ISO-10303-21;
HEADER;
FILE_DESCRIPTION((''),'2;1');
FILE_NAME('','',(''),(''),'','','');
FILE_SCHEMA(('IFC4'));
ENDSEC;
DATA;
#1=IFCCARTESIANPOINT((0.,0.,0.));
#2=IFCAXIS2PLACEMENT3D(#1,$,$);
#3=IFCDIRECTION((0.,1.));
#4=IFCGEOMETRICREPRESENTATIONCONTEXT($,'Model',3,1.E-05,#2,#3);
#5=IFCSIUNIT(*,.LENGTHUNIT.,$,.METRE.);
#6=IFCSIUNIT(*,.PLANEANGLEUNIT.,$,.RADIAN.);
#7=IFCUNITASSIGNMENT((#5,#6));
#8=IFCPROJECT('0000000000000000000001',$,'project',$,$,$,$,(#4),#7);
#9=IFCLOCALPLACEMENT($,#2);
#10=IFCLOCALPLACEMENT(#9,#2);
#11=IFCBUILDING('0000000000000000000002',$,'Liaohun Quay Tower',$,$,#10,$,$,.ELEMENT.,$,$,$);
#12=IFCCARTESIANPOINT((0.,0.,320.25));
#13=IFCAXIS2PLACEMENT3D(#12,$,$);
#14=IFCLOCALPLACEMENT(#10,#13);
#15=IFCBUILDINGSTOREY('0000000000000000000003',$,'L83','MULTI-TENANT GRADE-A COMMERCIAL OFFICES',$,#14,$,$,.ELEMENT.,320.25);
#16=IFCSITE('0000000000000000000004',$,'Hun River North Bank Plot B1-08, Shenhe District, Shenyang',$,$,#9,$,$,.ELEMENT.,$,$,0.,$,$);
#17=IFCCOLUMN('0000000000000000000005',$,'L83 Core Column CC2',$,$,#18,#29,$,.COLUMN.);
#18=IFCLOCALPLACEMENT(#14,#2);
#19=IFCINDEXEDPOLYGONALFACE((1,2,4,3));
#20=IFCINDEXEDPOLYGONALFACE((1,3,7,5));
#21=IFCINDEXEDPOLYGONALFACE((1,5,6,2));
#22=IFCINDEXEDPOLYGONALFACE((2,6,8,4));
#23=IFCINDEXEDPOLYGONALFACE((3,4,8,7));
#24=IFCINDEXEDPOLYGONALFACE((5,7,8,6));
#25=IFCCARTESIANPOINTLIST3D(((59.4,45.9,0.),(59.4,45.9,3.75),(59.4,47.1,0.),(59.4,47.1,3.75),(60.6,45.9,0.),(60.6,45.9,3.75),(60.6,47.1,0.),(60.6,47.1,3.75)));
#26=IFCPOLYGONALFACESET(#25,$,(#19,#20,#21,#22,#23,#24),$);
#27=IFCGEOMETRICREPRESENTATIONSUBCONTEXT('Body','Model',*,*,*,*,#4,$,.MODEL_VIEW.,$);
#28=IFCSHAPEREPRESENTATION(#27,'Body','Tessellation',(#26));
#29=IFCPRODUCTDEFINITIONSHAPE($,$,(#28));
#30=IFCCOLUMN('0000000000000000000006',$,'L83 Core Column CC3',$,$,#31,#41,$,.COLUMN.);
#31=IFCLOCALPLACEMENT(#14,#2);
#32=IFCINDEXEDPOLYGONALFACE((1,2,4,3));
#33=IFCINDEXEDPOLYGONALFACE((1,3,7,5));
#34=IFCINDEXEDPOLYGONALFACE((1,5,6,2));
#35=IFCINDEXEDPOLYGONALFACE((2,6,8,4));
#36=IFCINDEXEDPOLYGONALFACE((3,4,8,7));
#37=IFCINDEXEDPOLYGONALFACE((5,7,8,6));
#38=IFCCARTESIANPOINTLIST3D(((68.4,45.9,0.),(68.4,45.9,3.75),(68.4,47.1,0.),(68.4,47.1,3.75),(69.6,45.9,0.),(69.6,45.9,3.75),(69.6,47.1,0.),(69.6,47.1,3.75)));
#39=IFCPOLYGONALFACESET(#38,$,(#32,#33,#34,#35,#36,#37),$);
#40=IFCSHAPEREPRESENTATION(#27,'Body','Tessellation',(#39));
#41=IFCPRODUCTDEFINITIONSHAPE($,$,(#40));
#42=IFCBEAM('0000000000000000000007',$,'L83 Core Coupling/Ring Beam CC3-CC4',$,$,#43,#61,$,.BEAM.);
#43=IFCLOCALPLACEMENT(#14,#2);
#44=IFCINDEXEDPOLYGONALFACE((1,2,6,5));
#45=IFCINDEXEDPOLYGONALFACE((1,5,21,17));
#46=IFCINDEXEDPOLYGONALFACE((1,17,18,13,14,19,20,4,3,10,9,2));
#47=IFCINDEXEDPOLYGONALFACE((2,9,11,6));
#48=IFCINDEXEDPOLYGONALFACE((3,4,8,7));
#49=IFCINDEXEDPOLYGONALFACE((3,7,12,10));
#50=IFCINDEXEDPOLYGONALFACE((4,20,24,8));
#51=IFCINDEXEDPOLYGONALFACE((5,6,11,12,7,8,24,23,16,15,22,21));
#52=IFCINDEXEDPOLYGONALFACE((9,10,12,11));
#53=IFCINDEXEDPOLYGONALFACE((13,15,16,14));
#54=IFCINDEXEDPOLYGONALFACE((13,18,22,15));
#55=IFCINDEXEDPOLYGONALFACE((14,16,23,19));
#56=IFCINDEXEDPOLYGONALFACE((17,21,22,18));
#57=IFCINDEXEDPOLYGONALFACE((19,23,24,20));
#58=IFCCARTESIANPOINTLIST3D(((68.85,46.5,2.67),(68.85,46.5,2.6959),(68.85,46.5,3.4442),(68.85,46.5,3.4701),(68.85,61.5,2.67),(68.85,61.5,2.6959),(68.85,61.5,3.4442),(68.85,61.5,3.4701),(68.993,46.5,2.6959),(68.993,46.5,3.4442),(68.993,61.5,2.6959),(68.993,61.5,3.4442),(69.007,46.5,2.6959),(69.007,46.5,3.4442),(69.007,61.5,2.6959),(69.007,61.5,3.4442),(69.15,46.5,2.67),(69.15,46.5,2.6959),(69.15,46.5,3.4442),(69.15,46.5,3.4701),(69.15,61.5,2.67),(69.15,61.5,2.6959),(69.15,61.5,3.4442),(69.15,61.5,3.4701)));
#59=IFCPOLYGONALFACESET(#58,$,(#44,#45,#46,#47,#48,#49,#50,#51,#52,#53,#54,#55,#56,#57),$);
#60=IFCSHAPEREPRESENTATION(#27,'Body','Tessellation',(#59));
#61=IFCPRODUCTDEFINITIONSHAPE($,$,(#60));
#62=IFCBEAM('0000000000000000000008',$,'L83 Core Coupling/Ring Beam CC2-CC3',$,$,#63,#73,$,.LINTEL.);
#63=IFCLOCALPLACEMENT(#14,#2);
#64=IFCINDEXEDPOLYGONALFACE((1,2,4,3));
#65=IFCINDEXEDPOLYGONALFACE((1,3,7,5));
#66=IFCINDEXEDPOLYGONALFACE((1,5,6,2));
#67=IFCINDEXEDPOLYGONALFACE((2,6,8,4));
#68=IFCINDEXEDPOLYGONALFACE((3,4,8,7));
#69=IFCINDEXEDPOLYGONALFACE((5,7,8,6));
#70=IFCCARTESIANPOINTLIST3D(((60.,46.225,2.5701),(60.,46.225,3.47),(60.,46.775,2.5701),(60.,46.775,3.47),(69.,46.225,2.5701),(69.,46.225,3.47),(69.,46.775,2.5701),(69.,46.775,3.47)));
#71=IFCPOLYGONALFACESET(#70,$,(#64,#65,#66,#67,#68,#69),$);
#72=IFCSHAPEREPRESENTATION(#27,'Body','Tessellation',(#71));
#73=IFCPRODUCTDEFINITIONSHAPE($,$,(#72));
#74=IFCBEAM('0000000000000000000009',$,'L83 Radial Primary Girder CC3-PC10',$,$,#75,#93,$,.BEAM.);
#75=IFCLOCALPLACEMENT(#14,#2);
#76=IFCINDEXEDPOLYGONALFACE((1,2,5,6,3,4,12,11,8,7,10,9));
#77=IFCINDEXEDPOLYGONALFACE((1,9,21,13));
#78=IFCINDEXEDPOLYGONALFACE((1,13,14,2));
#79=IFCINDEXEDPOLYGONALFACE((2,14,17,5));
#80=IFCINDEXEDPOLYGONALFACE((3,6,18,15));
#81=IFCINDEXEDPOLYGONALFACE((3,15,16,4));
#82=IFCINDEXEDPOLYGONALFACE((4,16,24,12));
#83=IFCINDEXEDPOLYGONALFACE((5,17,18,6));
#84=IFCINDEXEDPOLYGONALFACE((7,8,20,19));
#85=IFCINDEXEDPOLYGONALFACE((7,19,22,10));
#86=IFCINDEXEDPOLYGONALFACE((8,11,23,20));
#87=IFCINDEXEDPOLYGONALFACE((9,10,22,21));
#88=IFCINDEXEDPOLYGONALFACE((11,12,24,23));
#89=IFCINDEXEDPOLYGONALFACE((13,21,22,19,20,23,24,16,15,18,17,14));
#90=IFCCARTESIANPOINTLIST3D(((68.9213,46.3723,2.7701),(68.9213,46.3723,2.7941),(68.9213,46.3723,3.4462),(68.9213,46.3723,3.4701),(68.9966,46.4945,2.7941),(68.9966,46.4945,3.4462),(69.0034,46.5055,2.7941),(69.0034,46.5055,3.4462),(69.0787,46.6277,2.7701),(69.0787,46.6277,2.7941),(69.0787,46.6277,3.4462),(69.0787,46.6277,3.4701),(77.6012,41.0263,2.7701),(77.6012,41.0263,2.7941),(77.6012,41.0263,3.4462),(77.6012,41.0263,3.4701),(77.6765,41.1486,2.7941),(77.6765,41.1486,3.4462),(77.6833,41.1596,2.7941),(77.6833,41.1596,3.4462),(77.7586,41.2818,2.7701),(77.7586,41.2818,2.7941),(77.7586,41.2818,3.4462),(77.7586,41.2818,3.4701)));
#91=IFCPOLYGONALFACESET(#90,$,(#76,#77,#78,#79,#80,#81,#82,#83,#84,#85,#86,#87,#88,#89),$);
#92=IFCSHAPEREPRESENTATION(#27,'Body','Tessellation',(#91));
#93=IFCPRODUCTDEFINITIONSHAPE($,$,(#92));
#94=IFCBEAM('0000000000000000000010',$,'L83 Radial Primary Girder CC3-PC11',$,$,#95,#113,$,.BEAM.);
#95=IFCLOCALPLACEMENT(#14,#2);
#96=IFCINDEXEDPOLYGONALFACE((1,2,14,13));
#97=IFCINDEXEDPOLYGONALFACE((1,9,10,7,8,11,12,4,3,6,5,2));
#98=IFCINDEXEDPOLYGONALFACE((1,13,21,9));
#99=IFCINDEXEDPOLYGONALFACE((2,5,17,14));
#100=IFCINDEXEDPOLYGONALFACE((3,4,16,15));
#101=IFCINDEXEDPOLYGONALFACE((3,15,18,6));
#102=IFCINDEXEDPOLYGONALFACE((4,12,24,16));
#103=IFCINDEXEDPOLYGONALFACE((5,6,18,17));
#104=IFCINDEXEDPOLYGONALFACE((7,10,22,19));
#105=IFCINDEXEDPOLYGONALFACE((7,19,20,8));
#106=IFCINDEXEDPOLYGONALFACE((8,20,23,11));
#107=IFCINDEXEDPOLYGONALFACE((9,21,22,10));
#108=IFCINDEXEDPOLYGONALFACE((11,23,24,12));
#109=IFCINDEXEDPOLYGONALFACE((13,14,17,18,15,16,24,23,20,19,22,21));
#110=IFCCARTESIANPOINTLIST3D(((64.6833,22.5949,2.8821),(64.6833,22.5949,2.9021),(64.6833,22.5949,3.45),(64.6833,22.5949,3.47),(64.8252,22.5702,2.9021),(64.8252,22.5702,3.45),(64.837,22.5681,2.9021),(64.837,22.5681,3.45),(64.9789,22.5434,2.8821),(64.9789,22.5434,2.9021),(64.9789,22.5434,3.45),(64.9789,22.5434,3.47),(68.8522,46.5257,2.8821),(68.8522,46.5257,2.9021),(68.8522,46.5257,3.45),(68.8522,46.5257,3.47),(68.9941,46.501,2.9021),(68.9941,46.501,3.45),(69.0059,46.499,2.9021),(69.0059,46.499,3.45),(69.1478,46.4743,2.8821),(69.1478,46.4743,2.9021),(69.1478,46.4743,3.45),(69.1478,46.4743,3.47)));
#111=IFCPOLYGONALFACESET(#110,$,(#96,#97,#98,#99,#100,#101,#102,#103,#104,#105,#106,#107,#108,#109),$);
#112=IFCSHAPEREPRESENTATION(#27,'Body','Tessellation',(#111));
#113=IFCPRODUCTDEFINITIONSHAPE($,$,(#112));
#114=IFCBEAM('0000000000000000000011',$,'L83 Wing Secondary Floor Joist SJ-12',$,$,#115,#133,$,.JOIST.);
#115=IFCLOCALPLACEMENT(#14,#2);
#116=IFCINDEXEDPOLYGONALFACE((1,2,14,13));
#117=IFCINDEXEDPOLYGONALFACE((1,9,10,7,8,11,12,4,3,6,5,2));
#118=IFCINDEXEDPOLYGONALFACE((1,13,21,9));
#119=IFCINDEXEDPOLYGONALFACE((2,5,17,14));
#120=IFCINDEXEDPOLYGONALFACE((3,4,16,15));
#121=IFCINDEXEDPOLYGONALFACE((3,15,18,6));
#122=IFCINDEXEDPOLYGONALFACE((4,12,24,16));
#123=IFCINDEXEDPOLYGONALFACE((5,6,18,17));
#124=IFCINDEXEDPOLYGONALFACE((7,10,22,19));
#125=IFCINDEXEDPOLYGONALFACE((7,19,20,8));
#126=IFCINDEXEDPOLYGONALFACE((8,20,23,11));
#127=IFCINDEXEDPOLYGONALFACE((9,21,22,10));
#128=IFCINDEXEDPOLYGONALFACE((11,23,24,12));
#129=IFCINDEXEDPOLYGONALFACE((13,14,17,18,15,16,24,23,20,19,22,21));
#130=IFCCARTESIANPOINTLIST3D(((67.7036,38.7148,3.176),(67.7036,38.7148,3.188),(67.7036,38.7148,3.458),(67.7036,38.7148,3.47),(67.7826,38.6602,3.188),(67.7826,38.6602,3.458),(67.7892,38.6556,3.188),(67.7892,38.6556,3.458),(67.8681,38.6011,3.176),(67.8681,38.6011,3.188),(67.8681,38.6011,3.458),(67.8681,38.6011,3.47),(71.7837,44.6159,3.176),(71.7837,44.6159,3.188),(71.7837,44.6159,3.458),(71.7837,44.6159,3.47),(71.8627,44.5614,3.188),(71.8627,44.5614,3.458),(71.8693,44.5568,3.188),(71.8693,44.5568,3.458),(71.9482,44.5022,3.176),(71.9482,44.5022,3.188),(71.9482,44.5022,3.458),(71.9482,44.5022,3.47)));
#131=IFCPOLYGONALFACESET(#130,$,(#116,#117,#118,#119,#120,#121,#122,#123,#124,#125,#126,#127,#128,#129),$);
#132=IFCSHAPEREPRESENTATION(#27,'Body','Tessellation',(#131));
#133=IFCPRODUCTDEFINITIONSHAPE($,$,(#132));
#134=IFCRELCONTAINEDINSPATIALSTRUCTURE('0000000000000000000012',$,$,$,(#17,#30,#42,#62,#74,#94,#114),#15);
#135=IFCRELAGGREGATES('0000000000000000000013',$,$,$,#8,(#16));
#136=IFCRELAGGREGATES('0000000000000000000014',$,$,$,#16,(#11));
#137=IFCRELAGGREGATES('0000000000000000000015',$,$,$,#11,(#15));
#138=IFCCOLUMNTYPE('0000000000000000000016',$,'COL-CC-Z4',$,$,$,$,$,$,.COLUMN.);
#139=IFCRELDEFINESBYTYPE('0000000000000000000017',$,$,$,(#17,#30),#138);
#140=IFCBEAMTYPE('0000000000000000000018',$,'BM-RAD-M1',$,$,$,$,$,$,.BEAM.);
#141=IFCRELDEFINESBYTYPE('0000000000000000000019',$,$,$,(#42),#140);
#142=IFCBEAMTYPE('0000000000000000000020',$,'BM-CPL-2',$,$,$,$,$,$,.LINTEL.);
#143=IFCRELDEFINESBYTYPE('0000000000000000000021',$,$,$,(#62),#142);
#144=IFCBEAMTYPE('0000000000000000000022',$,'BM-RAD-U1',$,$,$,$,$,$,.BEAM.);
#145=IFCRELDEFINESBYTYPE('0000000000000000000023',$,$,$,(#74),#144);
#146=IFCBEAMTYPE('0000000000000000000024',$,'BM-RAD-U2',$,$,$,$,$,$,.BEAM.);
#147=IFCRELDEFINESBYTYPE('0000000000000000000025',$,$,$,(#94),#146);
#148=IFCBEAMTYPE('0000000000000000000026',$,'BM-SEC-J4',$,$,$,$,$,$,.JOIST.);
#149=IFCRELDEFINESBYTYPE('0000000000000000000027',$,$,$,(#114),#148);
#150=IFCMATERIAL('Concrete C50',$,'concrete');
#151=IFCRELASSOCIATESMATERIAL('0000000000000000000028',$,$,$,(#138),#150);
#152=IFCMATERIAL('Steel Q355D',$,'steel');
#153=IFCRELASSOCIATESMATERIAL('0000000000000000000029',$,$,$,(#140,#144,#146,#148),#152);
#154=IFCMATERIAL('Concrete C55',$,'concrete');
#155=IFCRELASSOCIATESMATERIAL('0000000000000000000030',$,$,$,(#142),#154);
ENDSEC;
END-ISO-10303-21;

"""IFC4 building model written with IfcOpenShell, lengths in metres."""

from ifc_helpers import new_model, si_unit, direction, frame, origin, origin_2d, place, context, subcontext, project, spatial, rectangle, i_section, extrude, source, transform, mapped, material, material_profile, profile_set, type_object, element, save


model = new_model("IFC4")

# Units and contexts
model_context = context("Model", 3, precision=1e-05, world=origin(), true_north=direction((0.0, 1.0)))
body_context = subcontext(model_context, "Body", "Model", "MODEL_VIEW")
ifc_project = project(units=[si_unit("LENGTHUNIT", "METRE"), si_unit("PLANEANGLEUNIT", "RADIAN")], contexts=[model_context])

# Site, building, storey
site_placement = place(None, origin())
site = spatial("IfcSite", under=ifc_project, at=site_placement, Name="Hun River North Bank Plot B1-08, Shenhe District, Shenyang", CompositionType="ELEMENT", RefElevation=0.0)
building_placement = place(site_placement, origin())
building = spatial("IfcBuilding", under=site, at=building_placement, Name="Liaohun Quay Tower", CompositionType="ELEMENT")
storey_placement = place(building_placement, frame((0.0, 0.0, 320.25)))
storey = spatial("IfcBuildingStorey", under=building, at=storey_placement, Name="L83", Description="MULTI-TENANT GRADE-A COMMERCIAL OFFICES", CompositionType="ELEMENT", Elevation=320.25)

# Columns
ifc_material_1 = material(Name="Concrete C50", Category="concrete")
ifc_material_profile_1 = material_profile(ifc_material_1, rectangle(XDim=1.2, YDim=1.2, at=origin_2d()), Name="RC1200x1200")
ifc_profile_set_1 = profile_set([ifc_material_profile_1], Name="Concrete C50")
column_type = type_object("IfcColumnType", Name="COL-CC-Z4", PredefinedType="COLUMN", material=ifc_profile_set_1)
shared_shape_1 = source(origin(), body_context, "Body", "SweptSolid", [
    extrude(rectangle(XDim=1.2, YDim=1.2, at=origin_2d()), origin(), (0.0, 0.0, 1.0), 3.75),
])
for number, where, z_axis, x_axis, name in (
    (1, (60.0, 46.5, 0.0), (0.0, 0.0, 1.0), (1.0, 0.0, 0.0), "L83 Core Column CC2"),
    (2, (69.0, 46.5, 0.0), (0.0, 0.0, 1.0), (1.0, 0.0, 0.0), "L83 Core Column CC3"),
):
    element("IfcColumn", number, at=place(storey_placement, frame(where, z_axis=z_axis, x_axis=x_axis)), inside=storey, type_object=column_type, Name=name, PredefinedType="COLUMN", context=body_context, shape_type="MappedRepresentation", body=[
        mapped(shared_shape_1, transform((0.0, 0.0, 0.0), x_axis=(1.0, 0.0, 0.0), y_axis=(0.0, 1.0, 0.0), z_axis=(0.0, 0.0, 1.0), scale=1.0)),
    ])

# Beams
ifc_material_2 = material(Name="Steel Q355D", Category="steel")
ifc_material_profile_2 = material_profile(ifc_material_2, i_section(OverallWidth=0.3, OverallDepth=0.8, WebThickness=0.0139, FlangeThickness=0.0259, at=origin_2d()), Name="HN800x300x14x26")
ifc_profile_set_2 = profile_set([ifc_material_profile_2], Name="Steel Q355D")
beam_type_1 = type_object("IfcBeamType", Name="BM-RAD-M1", PredefinedType="BEAM", material=ifc_profile_set_2)
shared_shape_2 = source(origin(), body_context, "Body", "SweptSolid", [
    extrude(i_section(OverallWidth=0.3, OverallDepth=0.8, WebThickness=0.0139, FlangeThickness=0.0259, at=origin_2d()), origin(), (0.0, 0.0, 1.0), 15.0),
])
beam_1_placement = place(storey_placement, frame((69.0, 46.5, 3.0701), z_axis=(0.0, 1.0, 0.0), x_axis=(-1.0, 0.0, 0.0)))
element("IfcBeam", 3, at=beam_1_placement, inside=storey, type_object=beam_type_1, Name="L83 Core Coupling/Ring Beam CC3-CC4", PredefinedType="BEAM", context=body_context, shape_type="MappedRepresentation", body=[
    mapped(shared_shape_2, transform((0.0, 0.0, 0.0), x_axis=(1.0, 0.0, 0.0), y_axis=(0.0, 1.0, 0.0), z_axis=(0.0, 0.0, 1.0), scale=1.0)),
])
ifc_material_3 = material(Name="Concrete C55", Category="concrete")
ifc_material_profile_3 = material_profile(ifc_material_3, rectangle(XDim=0.55, YDim=0.8999, at=origin_2d()), Name="RC550x900")
ifc_profile_set_3 = profile_set([ifc_material_profile_3], Name="Concrete C55")
beam_type_2 = type_object("IfcBeamType", Name="BM-CPL-2", PredefinedType="LINTEL", material=ifc_profile_set_3)
shared_shape_3 = source(origin(), body_context, "Body", "SweptSolid", [
    extrude(rectangle(XDim=0.55, YDim=0.8999, at=origin_2d()), origin(), (0.0, 0.0, 1.0), 9.0),
])
beam_2_placement = place(storey_placement, frame((60.0, 46.5, 3.02), z_axis=(1.0, 0.0, 0.0), x_axis=(0.0, 1.0, 0.0)))
element("IfcBeam", 4, at=beam_2_placement, inside=storey, type_object=beam_type_2, Name="L83 Core Coupling/Ring Beam CC2-CC3", PredefinedType="LINTEL", context=body_context, shape_type="MappedRepresentation", body=[
    mapped(shared_shape_3, transform((0.0, 0.0, 0.0), x_axis=(1.0, 0.0, 0.0), y_axis=(0.0, 1.0, 0.0), z_axis=(0.0, 0.0, 1.0), scale=1.0)),
])
ifc_material_profile_4 = material_profile(ifc_material_2, i_section(OverallWidth=0.3, OverallDepth=0.7, WebThickness=0.0129, FlangeThickness=0.0239, at=origin_2d()), Name="HN700x300x13x24")
ifc_profile_set_4 = profile_set([ifc_material_profile_4], Name="Steel Q355D")
beam_type_3 = type_object("IfcBeamType", Name="BM-RAD-U1", PredefinedType="BEAM", material=ifc_profile_set_4)
shared_shape_4 = source(origin(), body_context, "Body", "SweptSolid", [
    extrude(i_section(OverallWidth=0.3, OverallDepth=0.7, WebThickness=0.0129, FlangeThickness=0.0239, at=origin_2d()), origin(), (0.0, 0.0, 1.0), 10.1941),
])
beam_3_placement = place(storey_placement, frame((69.0, 46.5, 3.1201), z_axis=(0.851463, -0.524414, 0.0), x_axis=(0.524414, 0.851463, 0.0)))
element("IfcBeam", 5, at=beam_3_placement, inside=storey, type_object=beam_type_3, Name="L83 Radial Primary Girder CC3-PC10", PredefinedType="BEAM", context=body_context, shape_type="MappedRepresentation", body=[
    mapped(shared_shape_4, transform((0.0, 0.0, 0.0), x_axis=(1.0, 0.0, 0.0), y_axis=(0.0, 1.0, 0.0), z_axis=(0.0, 0.0, 1.0), scale=1.0)),
])
ifc_material_profile_5 = material_profile(ifc_material_2, i_section(OverallWidth=0.3, OverallDepth=0.5879, WebThickness=0.012, FlangeThickness=0.02, at=origin_2d()), Name="HM588x300x12x20")
ifc_profile_set_5 = profile_set([ifc_material_profile_5], Name="Steel Q355D")
beam_type_4 = type_object("IfcBeamType", Name="BM-RAD-U2", PredefinedType="BEAM", material=ifc_profile_set_5)
shared_shape_5 = source(origin(), body_context, "Body", "SweptSolid", [
    extrude(i_section(OverallWidth=0.3, OverallDepth=0.5879, WebThickness=0.012, FlangeThickness=0.02, at=origin_2d()), origin(), (0.0, 0.0, 1.0), 24.2913),
])
beam_4_placement = place(storey_placement, frame((69.0, 46.5, 3.176), z_axis=(-0.171623, -0.985163, 0.0), x_axis=(0.985163, -0.171623, 0.0)))
element("IfcBeam", 6, at=beam_4_placement, inside=storey, type_object=beam_type_4, Name="L83 Radial Primary Girder CC3-PC11", PredefinedType="BEAM", context=body_context, shape_type="MappedRepresentation", body=[
    mapped(shared_shape_5, transform((0.0, 0.0, 0.0), x_axis=(1.0, 0.0, 0.0), y_axis=(0.0, 1.0, 0.0), z_axis=(0.0, 0.0, 1.0), scale=1.0)),
])
ifc_material_profile_6 = material_profile(ifc_material_2, i_section(OverallWidth=0.2, OverallDepth=0.2939, WebThickness=0.0081, FlangeThickness=0.012, at=origin_2d()), Name="HM294x200x8x12")
ifc_profile_set_6 = profile_set([ifc_material_profile_6], Name="Steel Q355D")
beam_type_5 = type_object("IfcBeamType", Name="BM-SEC-J4", PredefinedType="JOIST", material=ifc_profile_set_6)
shared_shape_6 = source(origin(), body_context, "Body", "SweptSolid", [
    extrude(i_section(OverallWidth=0.2, OverallDepth=0.2939, WebThickness=0.0081, FlangeThickness=0.012, at=origin_2d()), origin(), (0.0, 0.0, 1.0), 7.1743),
])
beam_5_placement = place(storey_placement, frame((71.866, 44.5591, 3.323), z_axis=(-0.568709, -0.822539, 0.0), x_axis=(0.822539, -0.568709, 0.0)))
element("IfcBeam", 7, at=beam_5_placement, inside=storey, type_object=beam_type_5, Name="L83 Wing Secondary Floor Joist SJ-12", PredefinedType="JOIST", context=body_context, shape_type="MappedRepresentation", body=[
    mapped(shared_shape_6, transform((0.0, 0.0, 0.0), x_axis=(1.0, 0.0, 0.0), y_axis=(0.0, 1.0, 0.0), z_axis=(0.0, 0.0, 1.0), scale=1.0)),
])

save(model, "model.ifc")
